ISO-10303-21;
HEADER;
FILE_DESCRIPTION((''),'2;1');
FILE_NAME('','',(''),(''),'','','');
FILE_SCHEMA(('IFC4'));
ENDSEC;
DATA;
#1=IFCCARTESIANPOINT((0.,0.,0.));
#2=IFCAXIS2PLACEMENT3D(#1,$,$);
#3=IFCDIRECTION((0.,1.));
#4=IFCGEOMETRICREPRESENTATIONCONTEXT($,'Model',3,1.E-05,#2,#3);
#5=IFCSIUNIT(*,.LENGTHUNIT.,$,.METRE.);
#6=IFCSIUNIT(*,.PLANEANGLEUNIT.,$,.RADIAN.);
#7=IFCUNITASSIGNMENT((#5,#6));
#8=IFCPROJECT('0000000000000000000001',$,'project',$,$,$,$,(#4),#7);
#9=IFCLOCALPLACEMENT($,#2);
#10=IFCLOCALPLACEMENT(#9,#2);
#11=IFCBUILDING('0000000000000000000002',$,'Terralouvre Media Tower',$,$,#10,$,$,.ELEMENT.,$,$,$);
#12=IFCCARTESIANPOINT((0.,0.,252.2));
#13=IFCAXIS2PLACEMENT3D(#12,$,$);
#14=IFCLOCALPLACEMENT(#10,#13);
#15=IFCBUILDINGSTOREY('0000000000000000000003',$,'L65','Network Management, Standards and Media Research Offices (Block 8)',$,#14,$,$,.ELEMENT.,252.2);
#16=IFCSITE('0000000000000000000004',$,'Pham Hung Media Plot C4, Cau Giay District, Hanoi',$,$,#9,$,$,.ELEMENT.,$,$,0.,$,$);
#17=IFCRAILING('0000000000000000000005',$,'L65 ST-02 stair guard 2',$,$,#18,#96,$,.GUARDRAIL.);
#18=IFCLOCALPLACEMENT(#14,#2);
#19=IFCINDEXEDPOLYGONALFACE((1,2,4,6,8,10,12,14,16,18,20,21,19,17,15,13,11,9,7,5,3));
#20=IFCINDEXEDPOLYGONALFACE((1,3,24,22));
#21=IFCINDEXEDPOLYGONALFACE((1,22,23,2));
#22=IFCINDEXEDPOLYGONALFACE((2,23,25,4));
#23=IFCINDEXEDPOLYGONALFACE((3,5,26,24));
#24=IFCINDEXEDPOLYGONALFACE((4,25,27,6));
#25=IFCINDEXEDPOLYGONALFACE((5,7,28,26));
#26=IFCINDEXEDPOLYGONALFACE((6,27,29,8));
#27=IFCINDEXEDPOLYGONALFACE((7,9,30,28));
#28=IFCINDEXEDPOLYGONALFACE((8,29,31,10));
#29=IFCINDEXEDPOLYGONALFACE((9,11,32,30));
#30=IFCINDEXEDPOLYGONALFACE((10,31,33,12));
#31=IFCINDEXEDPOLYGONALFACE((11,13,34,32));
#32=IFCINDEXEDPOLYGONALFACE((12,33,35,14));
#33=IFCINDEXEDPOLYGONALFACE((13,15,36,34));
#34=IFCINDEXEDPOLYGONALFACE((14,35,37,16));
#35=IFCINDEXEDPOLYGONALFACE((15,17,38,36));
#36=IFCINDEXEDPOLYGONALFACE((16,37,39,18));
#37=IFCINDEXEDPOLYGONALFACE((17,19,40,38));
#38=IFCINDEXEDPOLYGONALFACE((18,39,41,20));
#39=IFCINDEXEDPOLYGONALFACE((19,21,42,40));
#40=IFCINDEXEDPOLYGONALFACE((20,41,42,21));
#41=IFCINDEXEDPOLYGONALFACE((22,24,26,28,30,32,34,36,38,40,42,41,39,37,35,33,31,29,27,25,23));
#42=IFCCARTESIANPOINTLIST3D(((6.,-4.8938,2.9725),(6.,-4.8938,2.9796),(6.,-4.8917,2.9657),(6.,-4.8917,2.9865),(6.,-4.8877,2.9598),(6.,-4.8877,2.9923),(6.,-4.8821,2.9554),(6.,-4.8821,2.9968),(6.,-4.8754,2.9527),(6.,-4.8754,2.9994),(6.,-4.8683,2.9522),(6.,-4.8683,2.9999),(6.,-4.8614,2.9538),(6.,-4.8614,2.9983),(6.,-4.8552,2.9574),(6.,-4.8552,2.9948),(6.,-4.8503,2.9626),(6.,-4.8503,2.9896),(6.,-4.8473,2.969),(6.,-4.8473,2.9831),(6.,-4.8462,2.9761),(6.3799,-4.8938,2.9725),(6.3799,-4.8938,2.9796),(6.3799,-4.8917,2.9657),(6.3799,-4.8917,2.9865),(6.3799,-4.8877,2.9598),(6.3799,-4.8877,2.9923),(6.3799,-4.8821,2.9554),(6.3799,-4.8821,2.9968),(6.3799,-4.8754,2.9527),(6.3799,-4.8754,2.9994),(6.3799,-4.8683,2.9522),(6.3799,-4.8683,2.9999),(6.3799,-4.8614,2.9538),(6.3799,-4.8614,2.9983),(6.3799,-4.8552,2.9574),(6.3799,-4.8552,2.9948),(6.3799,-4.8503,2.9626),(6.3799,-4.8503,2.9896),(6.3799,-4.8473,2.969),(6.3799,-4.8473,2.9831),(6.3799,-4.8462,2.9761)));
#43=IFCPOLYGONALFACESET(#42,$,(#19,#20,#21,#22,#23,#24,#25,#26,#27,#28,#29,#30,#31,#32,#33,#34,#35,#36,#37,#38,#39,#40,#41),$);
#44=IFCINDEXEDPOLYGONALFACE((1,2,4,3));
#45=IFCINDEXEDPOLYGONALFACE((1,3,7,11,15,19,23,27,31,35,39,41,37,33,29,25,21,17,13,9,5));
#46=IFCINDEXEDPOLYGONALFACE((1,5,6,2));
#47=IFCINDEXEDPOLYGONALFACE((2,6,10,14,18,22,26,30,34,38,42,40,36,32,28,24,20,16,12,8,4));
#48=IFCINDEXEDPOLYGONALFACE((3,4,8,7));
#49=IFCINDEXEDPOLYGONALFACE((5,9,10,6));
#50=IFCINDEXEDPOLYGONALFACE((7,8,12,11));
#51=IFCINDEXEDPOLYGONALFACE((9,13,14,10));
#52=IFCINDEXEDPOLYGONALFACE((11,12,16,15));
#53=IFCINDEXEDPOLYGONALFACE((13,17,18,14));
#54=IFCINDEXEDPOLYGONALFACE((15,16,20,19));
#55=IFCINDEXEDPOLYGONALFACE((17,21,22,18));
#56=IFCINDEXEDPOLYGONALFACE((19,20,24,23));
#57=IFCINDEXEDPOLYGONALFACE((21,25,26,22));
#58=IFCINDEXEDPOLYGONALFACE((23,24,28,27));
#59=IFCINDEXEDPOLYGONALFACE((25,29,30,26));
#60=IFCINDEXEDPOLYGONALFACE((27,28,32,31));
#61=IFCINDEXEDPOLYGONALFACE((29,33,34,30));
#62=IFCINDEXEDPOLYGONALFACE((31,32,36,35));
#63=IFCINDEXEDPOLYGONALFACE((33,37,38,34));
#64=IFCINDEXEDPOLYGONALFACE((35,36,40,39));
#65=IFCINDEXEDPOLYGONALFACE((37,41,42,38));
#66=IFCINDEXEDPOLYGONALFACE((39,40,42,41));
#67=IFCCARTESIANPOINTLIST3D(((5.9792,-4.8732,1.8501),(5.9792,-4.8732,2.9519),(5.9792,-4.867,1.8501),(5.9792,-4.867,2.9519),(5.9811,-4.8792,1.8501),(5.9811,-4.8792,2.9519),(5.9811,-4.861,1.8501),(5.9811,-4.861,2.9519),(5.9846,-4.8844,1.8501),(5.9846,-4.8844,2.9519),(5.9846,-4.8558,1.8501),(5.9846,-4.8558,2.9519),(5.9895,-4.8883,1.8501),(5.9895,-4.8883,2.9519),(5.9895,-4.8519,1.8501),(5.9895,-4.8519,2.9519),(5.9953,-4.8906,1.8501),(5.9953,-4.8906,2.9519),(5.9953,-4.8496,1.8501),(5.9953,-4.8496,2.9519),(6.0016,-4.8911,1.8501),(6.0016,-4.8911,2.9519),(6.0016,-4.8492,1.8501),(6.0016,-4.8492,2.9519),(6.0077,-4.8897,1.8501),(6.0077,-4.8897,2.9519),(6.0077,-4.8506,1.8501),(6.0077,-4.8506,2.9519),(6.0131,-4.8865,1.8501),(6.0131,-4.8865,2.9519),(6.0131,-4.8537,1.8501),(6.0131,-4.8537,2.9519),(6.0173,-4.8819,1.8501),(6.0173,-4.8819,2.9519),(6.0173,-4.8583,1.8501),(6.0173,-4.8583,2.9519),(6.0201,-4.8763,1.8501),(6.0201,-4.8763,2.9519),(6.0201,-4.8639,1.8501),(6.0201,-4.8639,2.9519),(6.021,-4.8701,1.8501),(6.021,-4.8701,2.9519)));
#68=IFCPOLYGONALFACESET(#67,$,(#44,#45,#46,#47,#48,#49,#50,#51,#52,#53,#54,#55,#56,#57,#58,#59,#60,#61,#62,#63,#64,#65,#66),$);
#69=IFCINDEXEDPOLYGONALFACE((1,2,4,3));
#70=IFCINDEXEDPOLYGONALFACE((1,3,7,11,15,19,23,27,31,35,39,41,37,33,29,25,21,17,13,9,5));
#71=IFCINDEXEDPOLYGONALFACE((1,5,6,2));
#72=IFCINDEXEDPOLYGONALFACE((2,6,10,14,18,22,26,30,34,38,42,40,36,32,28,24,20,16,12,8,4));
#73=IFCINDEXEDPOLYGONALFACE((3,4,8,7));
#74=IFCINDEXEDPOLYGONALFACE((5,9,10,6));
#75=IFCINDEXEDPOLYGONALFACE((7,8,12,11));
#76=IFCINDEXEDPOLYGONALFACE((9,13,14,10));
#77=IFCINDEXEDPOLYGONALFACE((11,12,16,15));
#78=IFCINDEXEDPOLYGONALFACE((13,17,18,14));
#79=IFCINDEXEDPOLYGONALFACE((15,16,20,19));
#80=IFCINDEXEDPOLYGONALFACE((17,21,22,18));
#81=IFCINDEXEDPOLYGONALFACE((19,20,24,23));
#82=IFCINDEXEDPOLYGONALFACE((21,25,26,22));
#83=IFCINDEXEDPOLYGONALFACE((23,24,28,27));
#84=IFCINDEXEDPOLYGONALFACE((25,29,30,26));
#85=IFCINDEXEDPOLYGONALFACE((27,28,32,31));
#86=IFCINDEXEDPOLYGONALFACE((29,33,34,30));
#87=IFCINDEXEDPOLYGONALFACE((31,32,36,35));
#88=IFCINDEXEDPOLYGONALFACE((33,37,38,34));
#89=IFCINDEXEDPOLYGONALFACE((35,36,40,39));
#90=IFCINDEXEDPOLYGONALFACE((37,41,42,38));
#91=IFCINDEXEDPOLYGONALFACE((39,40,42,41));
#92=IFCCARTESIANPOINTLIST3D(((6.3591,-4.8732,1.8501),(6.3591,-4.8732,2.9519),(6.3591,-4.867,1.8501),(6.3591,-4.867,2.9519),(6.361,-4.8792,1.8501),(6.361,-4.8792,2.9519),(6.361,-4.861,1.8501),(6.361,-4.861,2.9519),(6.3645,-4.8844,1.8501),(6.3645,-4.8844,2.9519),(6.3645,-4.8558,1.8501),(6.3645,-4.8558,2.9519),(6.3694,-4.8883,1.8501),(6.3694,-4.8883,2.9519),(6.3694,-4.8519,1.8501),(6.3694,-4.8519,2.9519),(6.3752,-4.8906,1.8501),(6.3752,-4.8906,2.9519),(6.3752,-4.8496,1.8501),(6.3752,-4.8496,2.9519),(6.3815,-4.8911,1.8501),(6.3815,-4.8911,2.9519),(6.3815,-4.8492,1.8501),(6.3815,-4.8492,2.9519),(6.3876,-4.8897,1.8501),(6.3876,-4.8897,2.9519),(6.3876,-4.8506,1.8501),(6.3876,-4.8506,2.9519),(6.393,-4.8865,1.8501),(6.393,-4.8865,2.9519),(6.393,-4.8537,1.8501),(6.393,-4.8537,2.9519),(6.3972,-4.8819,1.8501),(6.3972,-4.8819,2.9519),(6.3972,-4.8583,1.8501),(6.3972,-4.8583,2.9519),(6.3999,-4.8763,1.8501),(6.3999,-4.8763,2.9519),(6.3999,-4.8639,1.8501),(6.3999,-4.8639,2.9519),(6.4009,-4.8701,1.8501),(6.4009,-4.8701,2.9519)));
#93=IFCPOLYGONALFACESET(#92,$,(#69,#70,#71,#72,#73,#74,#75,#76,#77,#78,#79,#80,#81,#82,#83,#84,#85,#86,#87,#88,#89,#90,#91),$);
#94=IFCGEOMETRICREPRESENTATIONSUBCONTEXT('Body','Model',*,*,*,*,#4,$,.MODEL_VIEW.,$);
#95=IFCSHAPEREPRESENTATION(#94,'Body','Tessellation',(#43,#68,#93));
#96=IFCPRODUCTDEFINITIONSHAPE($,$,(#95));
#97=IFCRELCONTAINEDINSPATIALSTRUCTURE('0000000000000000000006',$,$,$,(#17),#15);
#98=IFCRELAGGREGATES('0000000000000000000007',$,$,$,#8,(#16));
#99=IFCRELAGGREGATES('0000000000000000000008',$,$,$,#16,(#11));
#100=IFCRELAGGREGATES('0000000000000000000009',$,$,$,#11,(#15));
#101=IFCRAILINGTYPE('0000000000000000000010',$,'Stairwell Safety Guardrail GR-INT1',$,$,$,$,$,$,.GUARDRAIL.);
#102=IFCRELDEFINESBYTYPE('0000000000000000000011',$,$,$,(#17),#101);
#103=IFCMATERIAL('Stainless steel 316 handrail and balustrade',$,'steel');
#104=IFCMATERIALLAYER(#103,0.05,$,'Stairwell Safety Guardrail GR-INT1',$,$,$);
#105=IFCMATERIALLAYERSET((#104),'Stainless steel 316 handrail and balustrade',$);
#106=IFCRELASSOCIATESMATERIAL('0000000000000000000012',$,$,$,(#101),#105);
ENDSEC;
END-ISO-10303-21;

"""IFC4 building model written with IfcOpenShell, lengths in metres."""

from ifc_helpers import new_model, si_unit, direction, frame, origin, origin_2d, place, context, subcontext, project, spatial, circle, extrude, material, layer, layer_set, type_object, element, save


model = new_model("IFC4")

# Units and contexts
model_context = context("Model", 3, precision=1e-05, world=origin(), true_north=direction((0.0, 1.0)))
body_context = subcontext(model_context, "Body", "Model", "MODEL_VIEW")
ifc_project = project(units=[si_unit("LENGTHUNIT", "METRE"), si_unit("PLANEANGLEUNIT", "RADIAN")], contexts=[model_context])

# Site, building, storey
site_placement = place(None, origin())
site = spatial("IfcSite", under=ifc_project, at=site_placement, Name="Pham Hung Media Plot C4, Cau Giay District, Hanoi", CompositionType="ELEMENT", RefElevation=0.0)
building_placement = place(site_placement, origin())
building = spatial("IfcBuilding", under=site, at=building_placement, Name="Terralouvre Media Tower", CompositionType="ELEMENT")
storey_placement = place(building_placement, frame((0.0, 0.0, 252.2)))
storey = spatial("IfcBuildingStorey", under=building, at=storey_placement, Name="L65", Description="Network Management, Standards and Media Research Offices (Block 8)", CompositionType="ELEMENT", Elevation=252.2)

# Railing
ifc_material_1 = material(Name="Stainless steel 316 handrail and balustrade", Category="steel")
ifc_layer_1 = layer(ifc_material_1, 0.05, Name="Stairwell Safety Guardrail GR-INT1")
ifc_layer_set_1 = layer_set([ifc_layer_1], Name="Stainless steel 316 handrail and balustrade")
railing_type_1 = type_object("IfcRailingType", Name="Stairwell Safety Guardrail GR-INT1", PredefinedType="GUARDRAIL", material=ifc_layer_set_1)
railing_1_placement = place(storey_placement, frame((6.0, -4.8701, 1.8501)))
element("IfcRailing", 1, at=railing_1_placement, inside=storey, type_object=railing_type_1, Name="L65 ST-02 stair guard 2", PredefinedType="GUARDRAIL", context=body_context, shape_type="SweptSolid", body=[
    extrude(circle(Radius=0.0239, at=origin_2d()), frame((0.0, 0.0, 1.126), z_axis=(1.0, 0.0, 0.0), x_axis=(0.0, 1.0, 0.0)), (0.0, 0.0, 1.0), 0.3799),
    extrude(circle(Radius=0.021, at=origin_2d()), origin(), (0.0, 0.0, 1.0), 1.1018),
    extrude(circle(Radius=0.021, at=origin_2d()), frame((0.3799, 0.0, 0.0)), (0.0, 0.0, 1.0), 1.1018),
])

save(model, "model.ifc")
